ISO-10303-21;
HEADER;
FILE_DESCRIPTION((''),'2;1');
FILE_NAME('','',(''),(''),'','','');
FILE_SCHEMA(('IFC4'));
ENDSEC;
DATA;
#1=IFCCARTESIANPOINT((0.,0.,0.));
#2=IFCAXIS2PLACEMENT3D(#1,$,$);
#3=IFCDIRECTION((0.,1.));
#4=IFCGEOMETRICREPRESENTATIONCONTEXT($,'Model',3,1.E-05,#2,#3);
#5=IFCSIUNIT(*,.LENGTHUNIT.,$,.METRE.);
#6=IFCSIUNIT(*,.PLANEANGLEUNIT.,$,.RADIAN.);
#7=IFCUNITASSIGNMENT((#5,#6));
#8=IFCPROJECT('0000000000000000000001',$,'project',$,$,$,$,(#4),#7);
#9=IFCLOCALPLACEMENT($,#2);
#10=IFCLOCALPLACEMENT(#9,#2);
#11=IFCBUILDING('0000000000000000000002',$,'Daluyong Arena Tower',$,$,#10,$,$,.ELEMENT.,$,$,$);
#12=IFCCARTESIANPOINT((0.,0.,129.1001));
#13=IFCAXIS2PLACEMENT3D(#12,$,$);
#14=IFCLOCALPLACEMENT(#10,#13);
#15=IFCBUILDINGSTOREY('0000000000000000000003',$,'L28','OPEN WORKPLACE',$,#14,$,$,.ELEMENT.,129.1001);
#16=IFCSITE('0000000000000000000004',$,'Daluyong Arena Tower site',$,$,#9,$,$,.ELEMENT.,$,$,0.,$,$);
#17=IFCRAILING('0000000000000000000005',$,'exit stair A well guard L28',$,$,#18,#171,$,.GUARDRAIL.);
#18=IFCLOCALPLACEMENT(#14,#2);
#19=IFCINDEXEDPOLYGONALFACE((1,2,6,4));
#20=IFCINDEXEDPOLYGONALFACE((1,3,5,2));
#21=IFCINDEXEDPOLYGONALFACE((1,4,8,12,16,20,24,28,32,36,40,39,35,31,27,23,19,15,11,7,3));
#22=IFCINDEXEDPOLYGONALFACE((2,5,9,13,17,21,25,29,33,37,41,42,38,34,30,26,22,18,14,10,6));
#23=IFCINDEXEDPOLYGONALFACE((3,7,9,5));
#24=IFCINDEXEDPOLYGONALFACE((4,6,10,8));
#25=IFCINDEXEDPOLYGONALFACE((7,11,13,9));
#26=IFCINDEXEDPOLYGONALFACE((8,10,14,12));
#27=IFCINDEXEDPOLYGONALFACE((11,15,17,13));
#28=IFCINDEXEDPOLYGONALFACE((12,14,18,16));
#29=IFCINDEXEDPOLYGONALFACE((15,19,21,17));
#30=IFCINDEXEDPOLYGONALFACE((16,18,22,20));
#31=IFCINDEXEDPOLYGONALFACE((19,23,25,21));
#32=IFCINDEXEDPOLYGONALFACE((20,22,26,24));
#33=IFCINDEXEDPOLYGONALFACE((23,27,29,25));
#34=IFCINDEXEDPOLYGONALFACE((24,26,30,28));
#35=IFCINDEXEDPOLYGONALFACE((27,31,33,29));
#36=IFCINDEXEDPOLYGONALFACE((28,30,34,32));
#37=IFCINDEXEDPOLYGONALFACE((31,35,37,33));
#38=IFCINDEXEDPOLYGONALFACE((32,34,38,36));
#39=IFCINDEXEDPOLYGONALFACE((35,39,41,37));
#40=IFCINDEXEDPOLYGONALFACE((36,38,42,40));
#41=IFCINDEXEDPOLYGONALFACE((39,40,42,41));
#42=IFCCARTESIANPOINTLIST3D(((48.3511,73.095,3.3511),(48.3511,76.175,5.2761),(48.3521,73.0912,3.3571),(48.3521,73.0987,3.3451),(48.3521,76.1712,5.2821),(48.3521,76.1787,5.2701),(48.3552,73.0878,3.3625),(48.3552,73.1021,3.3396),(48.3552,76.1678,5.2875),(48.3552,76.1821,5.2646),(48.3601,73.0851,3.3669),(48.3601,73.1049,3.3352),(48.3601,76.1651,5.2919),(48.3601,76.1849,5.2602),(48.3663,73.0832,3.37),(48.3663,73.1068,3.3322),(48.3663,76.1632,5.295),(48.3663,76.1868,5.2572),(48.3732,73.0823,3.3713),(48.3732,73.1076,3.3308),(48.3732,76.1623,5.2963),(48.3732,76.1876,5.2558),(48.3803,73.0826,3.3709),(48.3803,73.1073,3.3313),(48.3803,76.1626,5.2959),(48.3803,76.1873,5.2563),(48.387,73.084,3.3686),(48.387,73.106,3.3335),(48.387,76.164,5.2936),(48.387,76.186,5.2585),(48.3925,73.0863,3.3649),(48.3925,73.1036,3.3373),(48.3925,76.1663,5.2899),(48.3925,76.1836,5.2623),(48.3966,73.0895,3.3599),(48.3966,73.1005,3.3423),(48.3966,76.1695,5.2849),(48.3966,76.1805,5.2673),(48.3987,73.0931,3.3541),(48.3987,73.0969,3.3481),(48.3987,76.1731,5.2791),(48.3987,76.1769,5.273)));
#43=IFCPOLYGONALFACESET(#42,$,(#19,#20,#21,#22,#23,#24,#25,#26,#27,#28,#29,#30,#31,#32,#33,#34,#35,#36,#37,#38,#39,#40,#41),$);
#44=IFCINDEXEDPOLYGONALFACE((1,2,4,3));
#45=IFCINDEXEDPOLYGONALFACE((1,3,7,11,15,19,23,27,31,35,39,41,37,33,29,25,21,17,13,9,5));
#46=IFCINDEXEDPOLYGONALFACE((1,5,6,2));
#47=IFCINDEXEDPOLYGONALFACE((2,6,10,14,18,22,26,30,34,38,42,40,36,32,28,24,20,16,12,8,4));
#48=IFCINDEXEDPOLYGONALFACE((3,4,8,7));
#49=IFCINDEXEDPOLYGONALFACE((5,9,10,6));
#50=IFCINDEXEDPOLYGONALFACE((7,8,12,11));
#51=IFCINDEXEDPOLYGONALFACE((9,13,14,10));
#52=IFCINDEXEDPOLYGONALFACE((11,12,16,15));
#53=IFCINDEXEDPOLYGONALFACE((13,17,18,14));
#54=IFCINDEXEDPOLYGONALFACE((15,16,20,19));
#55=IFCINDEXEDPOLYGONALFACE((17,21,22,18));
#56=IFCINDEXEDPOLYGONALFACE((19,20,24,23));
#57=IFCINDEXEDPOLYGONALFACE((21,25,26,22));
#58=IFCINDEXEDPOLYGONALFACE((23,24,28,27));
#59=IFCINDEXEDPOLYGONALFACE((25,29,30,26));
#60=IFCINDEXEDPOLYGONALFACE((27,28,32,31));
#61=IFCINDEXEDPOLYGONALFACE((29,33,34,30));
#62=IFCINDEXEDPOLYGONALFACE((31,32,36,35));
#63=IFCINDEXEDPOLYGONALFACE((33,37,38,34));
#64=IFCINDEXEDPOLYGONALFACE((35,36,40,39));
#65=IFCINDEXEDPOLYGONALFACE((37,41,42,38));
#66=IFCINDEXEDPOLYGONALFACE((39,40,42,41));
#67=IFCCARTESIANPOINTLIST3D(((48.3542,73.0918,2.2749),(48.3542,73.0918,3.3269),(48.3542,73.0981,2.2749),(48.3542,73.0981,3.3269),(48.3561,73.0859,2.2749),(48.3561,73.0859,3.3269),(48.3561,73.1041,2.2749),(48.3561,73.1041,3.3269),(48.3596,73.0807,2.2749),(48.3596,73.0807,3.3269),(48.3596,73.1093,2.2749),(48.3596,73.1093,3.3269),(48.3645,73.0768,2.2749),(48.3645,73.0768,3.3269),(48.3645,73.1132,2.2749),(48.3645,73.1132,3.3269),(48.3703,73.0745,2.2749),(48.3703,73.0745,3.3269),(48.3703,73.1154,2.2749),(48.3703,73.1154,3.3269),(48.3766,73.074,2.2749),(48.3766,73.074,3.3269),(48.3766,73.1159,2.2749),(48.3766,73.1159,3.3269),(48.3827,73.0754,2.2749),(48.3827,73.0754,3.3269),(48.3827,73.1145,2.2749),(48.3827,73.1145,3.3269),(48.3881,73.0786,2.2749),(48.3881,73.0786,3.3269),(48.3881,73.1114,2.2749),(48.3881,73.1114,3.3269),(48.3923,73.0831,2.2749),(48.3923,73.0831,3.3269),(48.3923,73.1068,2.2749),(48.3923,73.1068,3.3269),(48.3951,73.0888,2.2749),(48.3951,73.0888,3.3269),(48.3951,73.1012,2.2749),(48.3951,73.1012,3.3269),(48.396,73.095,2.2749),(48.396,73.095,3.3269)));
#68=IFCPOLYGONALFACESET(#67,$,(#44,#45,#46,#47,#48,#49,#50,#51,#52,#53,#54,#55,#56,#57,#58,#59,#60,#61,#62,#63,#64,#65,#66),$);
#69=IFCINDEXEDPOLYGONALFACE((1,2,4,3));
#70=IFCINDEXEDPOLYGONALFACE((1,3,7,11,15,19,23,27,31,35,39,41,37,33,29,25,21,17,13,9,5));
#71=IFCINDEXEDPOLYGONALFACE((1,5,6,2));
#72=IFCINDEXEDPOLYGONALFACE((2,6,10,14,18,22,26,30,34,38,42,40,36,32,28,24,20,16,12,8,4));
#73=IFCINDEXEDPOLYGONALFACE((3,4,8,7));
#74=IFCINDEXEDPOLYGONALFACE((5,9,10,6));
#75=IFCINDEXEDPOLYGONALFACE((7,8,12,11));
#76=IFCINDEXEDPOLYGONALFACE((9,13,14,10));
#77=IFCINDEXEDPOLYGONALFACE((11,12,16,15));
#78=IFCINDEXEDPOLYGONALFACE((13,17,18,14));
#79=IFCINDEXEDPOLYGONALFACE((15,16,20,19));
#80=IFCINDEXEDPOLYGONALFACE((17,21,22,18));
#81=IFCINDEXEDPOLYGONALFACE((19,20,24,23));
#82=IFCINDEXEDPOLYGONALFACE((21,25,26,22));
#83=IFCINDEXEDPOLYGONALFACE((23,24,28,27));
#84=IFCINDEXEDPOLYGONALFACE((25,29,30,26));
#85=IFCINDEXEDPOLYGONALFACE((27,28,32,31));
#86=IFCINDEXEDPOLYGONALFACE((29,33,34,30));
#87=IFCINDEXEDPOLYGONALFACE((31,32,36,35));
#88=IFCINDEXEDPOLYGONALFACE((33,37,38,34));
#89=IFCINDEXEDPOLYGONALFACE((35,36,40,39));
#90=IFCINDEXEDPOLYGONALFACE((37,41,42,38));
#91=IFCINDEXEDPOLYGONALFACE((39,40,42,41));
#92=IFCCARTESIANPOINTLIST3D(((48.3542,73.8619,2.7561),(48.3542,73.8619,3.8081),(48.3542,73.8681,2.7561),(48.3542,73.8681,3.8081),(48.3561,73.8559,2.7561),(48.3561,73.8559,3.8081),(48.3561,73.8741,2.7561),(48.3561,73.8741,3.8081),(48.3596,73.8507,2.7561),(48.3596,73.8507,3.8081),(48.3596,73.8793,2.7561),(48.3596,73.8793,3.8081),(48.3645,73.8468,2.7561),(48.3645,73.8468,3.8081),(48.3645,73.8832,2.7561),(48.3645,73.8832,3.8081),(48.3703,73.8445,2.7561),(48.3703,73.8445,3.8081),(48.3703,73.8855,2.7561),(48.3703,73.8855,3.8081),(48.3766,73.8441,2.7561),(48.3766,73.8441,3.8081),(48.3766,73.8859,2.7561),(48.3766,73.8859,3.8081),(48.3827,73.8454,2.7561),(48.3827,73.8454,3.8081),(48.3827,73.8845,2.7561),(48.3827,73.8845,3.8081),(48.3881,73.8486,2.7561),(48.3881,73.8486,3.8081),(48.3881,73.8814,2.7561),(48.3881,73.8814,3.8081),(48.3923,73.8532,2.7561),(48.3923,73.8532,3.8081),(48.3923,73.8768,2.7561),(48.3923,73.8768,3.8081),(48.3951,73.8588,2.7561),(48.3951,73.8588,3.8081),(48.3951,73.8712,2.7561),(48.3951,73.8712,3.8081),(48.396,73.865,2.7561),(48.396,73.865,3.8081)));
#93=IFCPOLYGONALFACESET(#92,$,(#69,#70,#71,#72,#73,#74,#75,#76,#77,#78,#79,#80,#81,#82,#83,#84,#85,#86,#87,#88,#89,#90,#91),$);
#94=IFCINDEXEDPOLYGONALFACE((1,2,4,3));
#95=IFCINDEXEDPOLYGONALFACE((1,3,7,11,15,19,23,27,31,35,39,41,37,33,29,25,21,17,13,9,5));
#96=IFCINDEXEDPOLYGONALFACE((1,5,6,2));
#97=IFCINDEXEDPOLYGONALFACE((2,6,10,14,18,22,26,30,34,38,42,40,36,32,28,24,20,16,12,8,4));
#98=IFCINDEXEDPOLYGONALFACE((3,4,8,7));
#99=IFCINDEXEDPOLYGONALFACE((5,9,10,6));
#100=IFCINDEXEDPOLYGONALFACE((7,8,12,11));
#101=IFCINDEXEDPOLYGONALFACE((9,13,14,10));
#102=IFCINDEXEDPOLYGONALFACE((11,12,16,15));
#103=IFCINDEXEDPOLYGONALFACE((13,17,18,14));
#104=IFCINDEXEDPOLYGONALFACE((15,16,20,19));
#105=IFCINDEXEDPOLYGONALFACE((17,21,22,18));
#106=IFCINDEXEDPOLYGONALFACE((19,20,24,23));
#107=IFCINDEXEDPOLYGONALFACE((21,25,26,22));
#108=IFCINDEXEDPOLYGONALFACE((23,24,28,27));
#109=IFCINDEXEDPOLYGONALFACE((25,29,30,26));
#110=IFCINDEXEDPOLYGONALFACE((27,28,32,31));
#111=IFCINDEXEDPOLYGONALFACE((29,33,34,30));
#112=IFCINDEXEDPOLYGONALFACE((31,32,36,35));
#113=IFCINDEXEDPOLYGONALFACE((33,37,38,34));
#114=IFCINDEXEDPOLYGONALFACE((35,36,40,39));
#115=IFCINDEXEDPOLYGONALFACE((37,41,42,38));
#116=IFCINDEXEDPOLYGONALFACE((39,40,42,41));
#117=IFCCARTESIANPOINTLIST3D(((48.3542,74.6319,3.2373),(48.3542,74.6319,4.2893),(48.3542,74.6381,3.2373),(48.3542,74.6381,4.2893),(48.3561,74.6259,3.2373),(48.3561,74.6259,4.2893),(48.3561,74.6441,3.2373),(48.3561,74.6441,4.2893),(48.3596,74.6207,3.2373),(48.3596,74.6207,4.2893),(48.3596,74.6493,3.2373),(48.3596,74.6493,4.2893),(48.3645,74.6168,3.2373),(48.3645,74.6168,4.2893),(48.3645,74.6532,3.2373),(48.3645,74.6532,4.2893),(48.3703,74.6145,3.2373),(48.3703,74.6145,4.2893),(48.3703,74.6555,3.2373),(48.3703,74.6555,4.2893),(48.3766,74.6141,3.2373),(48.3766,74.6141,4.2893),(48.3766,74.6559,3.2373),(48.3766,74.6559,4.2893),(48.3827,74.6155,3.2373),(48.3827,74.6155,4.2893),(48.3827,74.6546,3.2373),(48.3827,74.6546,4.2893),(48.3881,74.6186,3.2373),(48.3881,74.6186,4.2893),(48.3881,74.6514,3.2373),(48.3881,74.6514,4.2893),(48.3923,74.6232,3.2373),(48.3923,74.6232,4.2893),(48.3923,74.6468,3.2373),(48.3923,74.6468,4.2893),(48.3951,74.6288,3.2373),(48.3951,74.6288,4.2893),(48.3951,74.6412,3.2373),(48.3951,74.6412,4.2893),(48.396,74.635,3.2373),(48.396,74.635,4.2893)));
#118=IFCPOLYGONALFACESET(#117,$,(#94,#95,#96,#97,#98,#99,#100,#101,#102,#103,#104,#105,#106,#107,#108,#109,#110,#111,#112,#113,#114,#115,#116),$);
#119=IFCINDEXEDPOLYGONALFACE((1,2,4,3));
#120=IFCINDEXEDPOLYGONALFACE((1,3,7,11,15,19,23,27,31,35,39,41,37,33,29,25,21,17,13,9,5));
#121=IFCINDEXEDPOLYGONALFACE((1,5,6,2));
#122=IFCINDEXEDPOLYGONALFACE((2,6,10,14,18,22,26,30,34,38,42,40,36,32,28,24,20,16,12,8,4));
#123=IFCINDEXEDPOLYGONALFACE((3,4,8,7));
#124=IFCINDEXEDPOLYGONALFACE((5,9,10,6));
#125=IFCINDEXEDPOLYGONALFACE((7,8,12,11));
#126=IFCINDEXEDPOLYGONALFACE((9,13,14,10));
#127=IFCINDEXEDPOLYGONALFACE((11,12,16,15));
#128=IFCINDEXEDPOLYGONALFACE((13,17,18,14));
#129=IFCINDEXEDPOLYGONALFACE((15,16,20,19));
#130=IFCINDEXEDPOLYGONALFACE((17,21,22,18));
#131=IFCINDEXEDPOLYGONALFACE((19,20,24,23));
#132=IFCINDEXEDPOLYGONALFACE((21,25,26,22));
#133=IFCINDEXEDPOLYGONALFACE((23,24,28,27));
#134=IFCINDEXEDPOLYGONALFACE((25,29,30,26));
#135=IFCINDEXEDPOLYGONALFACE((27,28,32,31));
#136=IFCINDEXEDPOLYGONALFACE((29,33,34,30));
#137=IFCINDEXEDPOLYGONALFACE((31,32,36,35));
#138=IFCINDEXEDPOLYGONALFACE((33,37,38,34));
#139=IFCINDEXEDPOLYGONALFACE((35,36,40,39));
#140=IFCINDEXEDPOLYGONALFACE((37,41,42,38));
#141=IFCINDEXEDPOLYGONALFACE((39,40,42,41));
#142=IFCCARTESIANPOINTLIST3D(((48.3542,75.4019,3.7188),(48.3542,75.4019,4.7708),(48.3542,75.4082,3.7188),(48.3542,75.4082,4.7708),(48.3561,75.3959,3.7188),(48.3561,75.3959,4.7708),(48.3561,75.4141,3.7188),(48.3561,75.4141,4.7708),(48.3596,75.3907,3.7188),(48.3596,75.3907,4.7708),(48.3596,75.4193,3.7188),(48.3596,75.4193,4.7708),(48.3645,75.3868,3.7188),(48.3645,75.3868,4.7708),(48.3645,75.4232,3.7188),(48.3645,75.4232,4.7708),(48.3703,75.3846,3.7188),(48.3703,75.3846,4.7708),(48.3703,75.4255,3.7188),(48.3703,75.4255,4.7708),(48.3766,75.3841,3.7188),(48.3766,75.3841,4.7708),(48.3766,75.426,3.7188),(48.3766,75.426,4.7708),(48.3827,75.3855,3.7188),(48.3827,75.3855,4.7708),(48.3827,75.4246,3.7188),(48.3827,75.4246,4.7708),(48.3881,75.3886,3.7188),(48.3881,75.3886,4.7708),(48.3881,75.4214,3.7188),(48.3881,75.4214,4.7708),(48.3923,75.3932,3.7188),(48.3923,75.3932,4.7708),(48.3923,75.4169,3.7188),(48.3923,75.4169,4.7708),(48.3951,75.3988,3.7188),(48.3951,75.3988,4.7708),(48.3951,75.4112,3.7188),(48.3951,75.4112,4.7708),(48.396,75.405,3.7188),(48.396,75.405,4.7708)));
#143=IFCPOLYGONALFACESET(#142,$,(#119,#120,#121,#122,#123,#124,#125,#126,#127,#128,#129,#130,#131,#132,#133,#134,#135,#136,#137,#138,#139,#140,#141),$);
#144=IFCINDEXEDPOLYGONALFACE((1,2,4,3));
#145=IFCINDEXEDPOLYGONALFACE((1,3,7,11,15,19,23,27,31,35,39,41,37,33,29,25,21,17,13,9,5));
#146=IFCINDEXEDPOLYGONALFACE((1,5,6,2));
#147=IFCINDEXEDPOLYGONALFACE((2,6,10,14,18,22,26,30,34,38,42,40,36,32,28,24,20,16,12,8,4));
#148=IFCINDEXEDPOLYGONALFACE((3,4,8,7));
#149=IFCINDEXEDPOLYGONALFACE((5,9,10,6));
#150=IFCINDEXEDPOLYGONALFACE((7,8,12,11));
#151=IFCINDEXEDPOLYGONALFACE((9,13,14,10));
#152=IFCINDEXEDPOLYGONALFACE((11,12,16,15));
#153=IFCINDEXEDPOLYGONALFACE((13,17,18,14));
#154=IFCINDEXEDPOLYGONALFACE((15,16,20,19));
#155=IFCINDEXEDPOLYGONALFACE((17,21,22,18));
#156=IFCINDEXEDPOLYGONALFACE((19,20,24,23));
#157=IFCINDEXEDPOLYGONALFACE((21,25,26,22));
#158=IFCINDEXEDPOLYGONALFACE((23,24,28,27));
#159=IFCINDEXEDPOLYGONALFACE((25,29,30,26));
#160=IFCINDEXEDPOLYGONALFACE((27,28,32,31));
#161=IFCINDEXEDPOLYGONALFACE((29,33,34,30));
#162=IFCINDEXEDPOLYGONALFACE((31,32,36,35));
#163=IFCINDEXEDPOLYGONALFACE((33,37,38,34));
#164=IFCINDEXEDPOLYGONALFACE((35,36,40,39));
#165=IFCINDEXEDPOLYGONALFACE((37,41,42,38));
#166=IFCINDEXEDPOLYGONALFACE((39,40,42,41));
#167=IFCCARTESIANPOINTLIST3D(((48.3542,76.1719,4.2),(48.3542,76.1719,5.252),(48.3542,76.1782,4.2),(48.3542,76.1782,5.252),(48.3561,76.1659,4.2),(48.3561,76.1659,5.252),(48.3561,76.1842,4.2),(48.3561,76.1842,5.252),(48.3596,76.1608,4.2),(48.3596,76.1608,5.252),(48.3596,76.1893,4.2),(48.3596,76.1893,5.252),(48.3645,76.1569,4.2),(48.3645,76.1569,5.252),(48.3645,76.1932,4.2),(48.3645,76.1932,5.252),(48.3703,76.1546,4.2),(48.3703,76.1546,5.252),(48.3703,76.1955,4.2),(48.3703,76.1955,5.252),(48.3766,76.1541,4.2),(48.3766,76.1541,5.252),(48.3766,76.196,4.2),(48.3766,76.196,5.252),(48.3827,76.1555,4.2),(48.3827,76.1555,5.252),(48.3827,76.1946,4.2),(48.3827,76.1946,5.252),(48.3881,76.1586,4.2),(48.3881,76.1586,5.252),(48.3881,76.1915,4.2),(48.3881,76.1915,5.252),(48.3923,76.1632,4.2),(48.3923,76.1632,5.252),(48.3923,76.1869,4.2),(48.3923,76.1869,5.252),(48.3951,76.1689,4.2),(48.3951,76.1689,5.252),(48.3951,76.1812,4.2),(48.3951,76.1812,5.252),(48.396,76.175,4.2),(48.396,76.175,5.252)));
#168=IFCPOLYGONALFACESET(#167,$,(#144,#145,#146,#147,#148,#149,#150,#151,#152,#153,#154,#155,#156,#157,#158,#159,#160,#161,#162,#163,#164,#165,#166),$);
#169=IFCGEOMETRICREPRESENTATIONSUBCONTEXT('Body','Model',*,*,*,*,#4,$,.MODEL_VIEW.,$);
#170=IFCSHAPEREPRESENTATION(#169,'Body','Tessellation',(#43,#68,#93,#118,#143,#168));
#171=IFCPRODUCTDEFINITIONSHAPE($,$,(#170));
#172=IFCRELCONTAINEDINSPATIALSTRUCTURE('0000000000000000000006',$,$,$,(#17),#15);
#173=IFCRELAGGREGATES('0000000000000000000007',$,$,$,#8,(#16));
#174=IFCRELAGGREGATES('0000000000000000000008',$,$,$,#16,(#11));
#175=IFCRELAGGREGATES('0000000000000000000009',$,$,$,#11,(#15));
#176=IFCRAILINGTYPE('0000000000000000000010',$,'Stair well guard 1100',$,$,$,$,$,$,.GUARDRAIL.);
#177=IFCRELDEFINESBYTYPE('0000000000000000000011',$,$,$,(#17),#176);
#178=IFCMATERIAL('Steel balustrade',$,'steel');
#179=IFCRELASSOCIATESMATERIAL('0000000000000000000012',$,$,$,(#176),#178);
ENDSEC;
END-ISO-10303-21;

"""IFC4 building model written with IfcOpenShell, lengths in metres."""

from ifc_helpers import new_model, si_unit, direction, frame, origin, origin_2d, place, context, subcontext, project, spatial, circle, extrude, material, type_object, element, save


model = new_model("IFC4")

# Units and contexts
model_context = context("Model", 3, precision=1e-05, world=origin(), true_north=direction((0.0, 1.0)))
body_context = subcontext(model_context, "Body", "Model", "MODEL_VIEW")
ifc_project = project(units=[si_unit("LENGTHUNIT", "METRE"), si_unit("PLANEANGLEUNIT", "RADIAN")], contexts=[model_context])

# Site, building, storey
site_placement = place(None, origin())
site = spatial("IfcSite", under=ifc_project, at=site_placement, Name="Daluyong Arena Tower site", CompositionType="ELEMENT", RefElevation=0.0)
building_placement = place(site_placement, origin())
building = spatial("IfcBuilding", under=site, at=building_placement, Name="Daluyong Arena Tower", CompositionType="ELEMENT")
storey_placement = place(building_placement, frame((0.0, 0.0, 129.1001)))
storey = spatial("IfcBuildingStorey", under=building, at=storey_placement, Name="L28", Description="OPEN WORKPLACE", CompositionType="ELEMENT", Elevation=129.1001)

# Railing
ifc_material_1 = material(Name="Steel balustrade", Category="steel")
railing_type_1 = type_object("IfcRailingType", Name="Stair well guard 1100", PredefinedType="GUARDRAIL", material=ifc_material_1)
railing_1_placement = place(storey_placement, frame((48.375, 73.095, 2.2749)))
element("IfcRailing", 1, at=railing_1_placement, inside=storey, type_object=railing_type_1, Name="exit stair A well guard L28", PredefinedType="GUARDRAIL", context=body_context, shape_type="SweptSolid", body=[
    extrude(circle(Radius=0.0239, at=origin_2d()), frame((0.0, 0.0, 1.0762), z_axis=(0.0, 0.847998, 0.529999), x_axis=(-1.0, 0.0, 0.0)), (0.0, 0.0, 1.0), 3.6321),
    extrude(circle(Radius=0.021, at=origin_2d()), origin(), (0.0, 0.0, 1.0), 1.052),
    extrude(circle(Radius=0.021, at=origin_2d()), frame((0.0, 0.77, 0.4812)), (0.0, 0.0, 1.0), 1.052),
    extrude(circle(Radius=0.021, at=origin_2d()), frame((0.0, 1.54, 0.9624)), (0.0, 0.0, 1.0), 1.052),
    extrude(circle(Radius=0.021, at=origin_2d()), frame((0.0, 2.3101, 1.4438)), (0.0, 0.0, 1.0), 1.052),
    extrude(circle(Radius=0.021, at=origin_2d()), frame((0.0, 3.0801, 1.925)), (0.0, 0.0, 1.0), 1.052),
])

save(model, "model.ifc")
